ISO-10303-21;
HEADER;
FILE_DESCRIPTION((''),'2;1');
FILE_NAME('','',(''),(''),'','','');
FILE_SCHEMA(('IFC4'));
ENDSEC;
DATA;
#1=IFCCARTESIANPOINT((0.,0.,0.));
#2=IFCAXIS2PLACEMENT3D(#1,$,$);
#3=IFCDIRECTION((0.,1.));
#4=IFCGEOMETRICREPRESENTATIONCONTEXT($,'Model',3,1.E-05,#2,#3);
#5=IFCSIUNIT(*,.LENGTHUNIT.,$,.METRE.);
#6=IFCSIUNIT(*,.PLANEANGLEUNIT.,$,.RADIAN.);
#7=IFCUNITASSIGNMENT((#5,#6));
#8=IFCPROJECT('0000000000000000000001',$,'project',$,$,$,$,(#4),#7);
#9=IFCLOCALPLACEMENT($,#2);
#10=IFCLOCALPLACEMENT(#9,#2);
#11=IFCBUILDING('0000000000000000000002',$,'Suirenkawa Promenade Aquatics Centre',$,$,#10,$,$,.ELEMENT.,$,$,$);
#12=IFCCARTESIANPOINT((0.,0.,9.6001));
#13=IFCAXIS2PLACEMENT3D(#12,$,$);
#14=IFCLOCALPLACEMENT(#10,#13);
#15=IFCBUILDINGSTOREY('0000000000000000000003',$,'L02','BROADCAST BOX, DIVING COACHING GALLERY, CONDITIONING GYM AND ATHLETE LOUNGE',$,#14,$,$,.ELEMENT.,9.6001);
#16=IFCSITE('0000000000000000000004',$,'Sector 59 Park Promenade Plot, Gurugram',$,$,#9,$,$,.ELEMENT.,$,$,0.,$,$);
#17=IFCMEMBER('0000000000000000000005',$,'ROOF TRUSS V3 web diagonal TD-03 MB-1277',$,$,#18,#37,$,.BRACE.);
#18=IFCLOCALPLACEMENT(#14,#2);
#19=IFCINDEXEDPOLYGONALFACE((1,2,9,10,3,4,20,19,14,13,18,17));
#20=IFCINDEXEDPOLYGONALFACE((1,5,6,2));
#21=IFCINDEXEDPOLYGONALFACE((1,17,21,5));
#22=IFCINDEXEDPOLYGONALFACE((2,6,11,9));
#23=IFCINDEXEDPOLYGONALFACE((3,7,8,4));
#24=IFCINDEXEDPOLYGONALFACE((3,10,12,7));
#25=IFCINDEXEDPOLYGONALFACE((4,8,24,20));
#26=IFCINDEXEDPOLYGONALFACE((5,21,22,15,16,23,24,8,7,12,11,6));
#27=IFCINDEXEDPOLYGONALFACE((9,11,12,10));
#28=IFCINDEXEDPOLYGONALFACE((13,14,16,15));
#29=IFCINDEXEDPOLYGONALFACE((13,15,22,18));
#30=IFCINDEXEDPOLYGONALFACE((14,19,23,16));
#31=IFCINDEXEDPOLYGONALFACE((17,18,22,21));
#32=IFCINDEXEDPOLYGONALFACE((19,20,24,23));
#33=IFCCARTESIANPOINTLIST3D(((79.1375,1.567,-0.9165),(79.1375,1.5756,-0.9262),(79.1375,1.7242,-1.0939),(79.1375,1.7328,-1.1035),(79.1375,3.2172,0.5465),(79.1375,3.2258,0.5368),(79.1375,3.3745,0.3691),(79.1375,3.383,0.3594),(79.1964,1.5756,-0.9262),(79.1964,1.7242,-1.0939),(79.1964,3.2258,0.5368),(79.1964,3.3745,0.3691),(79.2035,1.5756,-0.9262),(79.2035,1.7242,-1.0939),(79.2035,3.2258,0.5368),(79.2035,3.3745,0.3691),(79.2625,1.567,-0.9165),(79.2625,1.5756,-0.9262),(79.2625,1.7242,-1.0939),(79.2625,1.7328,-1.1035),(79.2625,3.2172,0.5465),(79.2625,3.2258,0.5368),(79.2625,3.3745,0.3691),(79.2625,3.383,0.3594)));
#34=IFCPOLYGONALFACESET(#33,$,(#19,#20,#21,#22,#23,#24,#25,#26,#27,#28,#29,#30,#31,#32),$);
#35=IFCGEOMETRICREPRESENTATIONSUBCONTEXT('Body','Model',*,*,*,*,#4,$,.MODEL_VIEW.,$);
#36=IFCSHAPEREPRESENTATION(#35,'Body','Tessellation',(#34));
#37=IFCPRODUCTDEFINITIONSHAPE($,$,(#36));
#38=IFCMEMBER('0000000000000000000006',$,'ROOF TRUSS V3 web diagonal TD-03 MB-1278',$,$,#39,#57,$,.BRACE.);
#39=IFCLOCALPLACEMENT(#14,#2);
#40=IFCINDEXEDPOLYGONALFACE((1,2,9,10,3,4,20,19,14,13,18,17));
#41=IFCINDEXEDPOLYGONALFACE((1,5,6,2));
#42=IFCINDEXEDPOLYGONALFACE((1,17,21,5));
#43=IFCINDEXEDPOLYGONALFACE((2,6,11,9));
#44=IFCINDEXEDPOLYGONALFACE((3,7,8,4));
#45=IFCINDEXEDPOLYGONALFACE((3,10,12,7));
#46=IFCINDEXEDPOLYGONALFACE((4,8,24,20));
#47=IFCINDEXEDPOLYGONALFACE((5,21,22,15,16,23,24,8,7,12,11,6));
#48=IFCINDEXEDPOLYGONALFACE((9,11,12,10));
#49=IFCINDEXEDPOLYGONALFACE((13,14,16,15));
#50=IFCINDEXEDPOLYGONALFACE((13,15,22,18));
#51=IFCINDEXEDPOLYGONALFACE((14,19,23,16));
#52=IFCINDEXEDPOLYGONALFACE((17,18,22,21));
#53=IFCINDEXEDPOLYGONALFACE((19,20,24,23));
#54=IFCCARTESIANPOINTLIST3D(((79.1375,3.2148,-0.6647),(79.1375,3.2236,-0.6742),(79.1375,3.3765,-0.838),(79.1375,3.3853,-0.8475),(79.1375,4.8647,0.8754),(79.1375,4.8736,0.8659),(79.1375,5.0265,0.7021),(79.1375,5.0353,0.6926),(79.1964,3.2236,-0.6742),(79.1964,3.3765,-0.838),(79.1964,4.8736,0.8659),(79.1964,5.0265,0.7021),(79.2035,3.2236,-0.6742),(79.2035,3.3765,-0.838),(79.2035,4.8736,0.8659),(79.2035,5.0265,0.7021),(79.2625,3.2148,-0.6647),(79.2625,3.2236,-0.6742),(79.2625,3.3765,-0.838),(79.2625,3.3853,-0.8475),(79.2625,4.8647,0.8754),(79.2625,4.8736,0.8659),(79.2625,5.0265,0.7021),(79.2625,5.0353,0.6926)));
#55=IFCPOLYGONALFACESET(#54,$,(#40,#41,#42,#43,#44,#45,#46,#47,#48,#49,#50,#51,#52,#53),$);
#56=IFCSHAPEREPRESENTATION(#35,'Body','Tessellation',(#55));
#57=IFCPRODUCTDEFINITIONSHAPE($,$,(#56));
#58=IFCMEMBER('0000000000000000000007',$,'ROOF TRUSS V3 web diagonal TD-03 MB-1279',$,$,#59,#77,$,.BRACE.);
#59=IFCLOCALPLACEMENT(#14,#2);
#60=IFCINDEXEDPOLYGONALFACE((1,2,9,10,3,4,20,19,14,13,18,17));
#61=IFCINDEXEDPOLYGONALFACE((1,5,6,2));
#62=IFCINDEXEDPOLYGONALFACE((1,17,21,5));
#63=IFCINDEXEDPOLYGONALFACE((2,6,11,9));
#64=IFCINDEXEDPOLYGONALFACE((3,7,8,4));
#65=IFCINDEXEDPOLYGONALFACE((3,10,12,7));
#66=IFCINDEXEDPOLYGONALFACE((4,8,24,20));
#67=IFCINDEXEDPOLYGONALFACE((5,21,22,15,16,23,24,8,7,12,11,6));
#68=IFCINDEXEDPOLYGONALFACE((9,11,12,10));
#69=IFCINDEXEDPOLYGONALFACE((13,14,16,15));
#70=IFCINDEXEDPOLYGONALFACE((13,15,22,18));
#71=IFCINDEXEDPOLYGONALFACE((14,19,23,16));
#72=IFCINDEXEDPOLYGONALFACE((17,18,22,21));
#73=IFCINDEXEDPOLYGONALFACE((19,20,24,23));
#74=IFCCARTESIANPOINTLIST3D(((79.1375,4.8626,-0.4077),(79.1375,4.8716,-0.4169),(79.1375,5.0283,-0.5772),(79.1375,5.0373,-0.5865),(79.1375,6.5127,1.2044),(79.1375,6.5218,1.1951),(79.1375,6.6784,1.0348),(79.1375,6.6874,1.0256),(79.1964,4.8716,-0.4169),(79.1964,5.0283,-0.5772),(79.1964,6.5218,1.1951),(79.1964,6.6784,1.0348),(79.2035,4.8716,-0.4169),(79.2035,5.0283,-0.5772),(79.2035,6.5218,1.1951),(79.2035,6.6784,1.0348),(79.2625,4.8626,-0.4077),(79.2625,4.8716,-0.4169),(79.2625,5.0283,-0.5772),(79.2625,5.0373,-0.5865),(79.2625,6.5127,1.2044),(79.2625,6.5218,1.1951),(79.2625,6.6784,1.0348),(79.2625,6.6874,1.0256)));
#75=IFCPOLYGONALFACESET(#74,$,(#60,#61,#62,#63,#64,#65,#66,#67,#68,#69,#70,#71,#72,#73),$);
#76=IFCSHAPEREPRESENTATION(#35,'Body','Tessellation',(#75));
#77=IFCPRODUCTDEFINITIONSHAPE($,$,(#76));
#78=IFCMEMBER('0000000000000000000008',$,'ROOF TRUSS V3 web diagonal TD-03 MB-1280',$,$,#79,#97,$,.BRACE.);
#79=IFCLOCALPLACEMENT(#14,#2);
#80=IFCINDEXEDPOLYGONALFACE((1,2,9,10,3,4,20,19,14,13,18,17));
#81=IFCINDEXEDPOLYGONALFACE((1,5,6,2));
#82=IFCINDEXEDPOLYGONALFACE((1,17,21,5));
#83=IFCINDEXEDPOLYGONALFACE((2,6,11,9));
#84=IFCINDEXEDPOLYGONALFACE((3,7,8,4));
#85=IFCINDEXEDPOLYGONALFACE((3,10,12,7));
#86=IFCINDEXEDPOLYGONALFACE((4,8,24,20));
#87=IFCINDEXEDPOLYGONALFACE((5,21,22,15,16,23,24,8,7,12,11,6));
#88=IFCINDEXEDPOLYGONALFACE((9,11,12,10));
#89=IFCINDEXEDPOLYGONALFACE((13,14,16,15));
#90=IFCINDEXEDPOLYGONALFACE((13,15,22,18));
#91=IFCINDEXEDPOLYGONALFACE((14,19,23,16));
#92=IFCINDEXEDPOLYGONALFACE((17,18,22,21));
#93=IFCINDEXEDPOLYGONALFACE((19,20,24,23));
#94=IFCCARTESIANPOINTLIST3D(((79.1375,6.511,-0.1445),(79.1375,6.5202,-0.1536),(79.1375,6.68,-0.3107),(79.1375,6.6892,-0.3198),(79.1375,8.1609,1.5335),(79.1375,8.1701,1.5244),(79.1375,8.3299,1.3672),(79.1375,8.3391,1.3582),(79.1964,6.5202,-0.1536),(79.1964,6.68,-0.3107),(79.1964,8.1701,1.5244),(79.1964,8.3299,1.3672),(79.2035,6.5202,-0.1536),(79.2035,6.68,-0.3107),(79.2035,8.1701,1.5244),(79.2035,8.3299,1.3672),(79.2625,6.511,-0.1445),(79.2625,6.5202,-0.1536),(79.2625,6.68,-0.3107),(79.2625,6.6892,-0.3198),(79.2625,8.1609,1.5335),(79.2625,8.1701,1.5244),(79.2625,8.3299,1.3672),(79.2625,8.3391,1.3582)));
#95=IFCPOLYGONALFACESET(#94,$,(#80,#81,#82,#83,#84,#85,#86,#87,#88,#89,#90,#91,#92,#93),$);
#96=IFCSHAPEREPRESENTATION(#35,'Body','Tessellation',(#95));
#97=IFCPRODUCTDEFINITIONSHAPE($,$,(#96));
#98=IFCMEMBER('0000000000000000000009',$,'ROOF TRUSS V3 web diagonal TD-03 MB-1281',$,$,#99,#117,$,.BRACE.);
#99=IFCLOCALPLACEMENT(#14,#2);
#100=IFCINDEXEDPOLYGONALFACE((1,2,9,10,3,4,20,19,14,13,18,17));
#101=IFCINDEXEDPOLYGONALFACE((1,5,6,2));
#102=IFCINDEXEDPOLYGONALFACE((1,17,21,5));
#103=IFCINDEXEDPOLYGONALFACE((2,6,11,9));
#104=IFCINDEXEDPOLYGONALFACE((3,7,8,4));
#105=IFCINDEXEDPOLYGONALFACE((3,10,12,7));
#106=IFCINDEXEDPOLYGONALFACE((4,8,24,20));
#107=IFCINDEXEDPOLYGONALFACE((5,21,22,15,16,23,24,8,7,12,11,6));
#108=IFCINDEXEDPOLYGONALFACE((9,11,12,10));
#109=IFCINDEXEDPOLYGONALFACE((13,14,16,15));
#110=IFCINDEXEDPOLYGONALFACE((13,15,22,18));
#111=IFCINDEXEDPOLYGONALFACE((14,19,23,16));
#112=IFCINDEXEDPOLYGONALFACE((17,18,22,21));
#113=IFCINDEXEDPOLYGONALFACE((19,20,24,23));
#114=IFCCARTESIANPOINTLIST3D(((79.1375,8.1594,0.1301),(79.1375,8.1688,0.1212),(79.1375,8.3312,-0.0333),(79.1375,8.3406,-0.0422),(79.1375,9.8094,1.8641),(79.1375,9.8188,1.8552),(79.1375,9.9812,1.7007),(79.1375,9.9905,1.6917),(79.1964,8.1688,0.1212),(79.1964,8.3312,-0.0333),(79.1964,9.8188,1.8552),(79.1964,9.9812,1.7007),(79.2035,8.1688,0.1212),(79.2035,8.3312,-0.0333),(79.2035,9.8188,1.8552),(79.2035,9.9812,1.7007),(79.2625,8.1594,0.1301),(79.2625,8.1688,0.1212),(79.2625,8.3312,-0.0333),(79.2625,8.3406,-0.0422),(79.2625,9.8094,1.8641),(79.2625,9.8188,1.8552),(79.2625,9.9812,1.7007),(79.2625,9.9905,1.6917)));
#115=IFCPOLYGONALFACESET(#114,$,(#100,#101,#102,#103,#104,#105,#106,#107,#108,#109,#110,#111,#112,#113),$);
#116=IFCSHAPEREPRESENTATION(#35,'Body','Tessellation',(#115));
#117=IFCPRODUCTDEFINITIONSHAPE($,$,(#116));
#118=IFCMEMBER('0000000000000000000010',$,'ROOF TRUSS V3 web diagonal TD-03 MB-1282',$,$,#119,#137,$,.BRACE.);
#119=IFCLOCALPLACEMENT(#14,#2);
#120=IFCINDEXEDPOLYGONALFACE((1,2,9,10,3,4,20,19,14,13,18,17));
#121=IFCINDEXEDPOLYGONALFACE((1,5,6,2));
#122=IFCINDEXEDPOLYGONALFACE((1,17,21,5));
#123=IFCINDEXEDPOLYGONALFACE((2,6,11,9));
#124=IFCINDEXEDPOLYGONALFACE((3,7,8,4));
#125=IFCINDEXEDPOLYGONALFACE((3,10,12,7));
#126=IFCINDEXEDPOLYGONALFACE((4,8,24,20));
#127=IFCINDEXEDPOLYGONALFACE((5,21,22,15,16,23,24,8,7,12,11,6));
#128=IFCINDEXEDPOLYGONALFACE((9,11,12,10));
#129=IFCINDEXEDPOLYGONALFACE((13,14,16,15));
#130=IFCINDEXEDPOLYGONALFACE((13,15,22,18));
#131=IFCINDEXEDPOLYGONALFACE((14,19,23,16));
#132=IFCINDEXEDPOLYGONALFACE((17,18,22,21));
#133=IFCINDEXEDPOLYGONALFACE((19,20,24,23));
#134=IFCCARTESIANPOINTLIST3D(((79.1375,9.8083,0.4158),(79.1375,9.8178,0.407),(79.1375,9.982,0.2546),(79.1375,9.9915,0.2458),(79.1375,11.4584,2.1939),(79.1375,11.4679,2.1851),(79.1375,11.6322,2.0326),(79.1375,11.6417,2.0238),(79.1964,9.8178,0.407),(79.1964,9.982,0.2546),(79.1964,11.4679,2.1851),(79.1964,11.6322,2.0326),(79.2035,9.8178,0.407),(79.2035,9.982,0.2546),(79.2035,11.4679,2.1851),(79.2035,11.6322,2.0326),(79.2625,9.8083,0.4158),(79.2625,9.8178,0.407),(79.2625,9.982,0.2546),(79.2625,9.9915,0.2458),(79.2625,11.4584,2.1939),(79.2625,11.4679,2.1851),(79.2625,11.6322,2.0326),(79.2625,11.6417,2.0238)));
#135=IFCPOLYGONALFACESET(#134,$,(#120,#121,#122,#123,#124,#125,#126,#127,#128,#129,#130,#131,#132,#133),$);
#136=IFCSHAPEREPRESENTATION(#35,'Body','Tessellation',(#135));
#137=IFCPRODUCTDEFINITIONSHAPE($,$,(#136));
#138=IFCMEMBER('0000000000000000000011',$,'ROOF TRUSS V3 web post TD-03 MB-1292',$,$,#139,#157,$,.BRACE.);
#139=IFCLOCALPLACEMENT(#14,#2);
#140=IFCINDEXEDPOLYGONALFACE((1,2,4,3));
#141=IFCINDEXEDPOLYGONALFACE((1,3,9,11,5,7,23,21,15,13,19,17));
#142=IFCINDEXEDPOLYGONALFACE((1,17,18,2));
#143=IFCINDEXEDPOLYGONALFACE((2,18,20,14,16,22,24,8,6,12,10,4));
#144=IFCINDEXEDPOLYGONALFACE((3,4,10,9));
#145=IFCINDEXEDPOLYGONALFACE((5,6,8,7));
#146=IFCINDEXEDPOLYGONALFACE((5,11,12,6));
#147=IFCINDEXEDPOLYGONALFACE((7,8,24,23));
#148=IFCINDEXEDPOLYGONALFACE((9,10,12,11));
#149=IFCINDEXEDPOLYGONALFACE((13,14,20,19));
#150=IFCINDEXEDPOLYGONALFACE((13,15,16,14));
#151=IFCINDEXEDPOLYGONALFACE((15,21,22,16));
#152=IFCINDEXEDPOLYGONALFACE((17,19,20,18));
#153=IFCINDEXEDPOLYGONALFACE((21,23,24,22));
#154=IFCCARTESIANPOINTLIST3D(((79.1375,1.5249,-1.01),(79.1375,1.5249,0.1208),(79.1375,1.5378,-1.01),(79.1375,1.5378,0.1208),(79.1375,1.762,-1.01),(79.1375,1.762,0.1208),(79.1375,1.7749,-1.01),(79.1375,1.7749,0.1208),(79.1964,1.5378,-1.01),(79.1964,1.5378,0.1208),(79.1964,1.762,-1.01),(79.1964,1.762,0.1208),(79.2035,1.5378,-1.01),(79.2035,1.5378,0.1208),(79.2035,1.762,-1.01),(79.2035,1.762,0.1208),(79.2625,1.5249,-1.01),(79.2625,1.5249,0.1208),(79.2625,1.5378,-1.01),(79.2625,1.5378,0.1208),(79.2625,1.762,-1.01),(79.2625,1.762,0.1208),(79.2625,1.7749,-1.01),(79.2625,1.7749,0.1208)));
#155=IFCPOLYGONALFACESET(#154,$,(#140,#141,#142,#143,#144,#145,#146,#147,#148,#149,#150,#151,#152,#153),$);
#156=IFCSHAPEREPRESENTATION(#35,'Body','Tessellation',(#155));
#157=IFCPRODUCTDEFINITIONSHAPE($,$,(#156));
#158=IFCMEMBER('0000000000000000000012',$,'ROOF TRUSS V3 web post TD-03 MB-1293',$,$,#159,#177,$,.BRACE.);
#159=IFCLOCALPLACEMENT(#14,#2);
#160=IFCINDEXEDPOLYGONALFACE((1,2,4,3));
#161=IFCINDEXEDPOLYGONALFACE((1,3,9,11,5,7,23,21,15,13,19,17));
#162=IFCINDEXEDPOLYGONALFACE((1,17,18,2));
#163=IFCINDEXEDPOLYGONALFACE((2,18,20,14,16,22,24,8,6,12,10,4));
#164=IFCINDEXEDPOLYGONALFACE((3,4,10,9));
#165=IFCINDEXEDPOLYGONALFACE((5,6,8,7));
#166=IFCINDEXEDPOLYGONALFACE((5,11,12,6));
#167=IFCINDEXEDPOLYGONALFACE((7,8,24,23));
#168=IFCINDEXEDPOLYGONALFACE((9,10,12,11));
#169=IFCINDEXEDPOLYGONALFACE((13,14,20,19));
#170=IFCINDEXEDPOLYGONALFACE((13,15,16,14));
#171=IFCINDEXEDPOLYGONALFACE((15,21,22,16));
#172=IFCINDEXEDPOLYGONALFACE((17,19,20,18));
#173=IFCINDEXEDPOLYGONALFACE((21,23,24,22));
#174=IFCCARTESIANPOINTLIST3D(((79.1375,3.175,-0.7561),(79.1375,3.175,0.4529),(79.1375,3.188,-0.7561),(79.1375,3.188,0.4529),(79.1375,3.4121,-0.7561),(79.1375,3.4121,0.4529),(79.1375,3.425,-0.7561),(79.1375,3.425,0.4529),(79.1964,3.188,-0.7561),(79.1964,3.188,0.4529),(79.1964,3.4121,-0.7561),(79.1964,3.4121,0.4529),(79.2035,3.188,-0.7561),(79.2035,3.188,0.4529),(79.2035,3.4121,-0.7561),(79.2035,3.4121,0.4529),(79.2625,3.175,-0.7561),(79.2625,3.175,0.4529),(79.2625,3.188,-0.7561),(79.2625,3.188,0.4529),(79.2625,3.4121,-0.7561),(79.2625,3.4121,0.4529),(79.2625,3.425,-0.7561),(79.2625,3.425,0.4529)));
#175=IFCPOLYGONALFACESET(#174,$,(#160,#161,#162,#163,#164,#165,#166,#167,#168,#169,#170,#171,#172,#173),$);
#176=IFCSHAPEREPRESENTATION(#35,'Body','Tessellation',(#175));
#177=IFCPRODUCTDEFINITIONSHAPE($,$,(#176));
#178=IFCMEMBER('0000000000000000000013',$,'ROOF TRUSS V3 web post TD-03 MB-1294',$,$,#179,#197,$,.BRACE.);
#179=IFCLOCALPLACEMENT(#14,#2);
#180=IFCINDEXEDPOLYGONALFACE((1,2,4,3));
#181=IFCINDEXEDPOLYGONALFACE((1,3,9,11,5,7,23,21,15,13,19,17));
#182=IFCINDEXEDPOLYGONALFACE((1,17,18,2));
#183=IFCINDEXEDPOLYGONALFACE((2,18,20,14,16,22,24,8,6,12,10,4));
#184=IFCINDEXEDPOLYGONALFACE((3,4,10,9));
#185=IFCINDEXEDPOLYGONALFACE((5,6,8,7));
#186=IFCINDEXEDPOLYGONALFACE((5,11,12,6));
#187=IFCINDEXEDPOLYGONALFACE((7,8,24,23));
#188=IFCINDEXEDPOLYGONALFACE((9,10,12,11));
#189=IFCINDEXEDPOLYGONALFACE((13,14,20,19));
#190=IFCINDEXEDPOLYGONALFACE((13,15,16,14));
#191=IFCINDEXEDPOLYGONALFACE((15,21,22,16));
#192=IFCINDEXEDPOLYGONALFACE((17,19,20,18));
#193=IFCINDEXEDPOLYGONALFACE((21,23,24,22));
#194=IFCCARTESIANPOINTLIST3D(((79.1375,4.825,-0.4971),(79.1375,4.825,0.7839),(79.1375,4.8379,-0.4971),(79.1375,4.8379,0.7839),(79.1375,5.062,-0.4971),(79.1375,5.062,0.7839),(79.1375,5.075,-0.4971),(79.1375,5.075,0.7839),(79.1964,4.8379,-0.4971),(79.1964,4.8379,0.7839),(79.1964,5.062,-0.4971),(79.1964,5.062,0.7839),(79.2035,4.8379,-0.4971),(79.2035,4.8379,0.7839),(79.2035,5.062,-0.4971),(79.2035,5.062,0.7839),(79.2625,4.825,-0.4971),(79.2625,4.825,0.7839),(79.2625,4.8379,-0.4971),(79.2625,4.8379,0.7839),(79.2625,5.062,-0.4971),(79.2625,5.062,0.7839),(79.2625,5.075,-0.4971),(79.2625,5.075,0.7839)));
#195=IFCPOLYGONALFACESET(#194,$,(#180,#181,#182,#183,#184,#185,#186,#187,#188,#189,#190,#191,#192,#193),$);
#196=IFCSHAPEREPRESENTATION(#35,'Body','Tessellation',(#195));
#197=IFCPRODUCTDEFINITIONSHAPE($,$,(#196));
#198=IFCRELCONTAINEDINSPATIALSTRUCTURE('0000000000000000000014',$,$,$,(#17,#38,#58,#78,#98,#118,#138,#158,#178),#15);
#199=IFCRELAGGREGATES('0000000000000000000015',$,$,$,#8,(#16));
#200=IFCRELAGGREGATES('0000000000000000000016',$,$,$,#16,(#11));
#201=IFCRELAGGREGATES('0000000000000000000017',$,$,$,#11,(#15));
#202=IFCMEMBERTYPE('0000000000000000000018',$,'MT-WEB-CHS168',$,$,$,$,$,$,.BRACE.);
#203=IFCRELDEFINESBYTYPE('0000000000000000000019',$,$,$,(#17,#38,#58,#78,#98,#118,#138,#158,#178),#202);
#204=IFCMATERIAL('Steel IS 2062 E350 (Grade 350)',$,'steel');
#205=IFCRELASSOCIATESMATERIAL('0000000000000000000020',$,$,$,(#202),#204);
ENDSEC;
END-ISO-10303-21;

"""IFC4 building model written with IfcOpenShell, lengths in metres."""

from ifc_helpers import new_model, si_unit, direction, frame, origin, origin_2d, place, context, subcontext, project, spatial, i_section, extrude, material, material_profile, profile_set, type_object, element, save


model = new_model("IFC4")

# Units and contexts
model_context = context("Model", 3, precision=1e-05, world=origin(), true_north=direction((0.0, 1.0)))
body_context = subcontext(model_context, "Body", "Model", "MODEL_VIEW")
ifc_project = project(units=[si_unit("LENGTHUNIT", "METRE"), si_unit("PLANEANGLEUNIT", "RADIAN")], contexts=[model_context])

# Site, building, storey
site_placement = place(None, origin())
site = spatial("IfcSite", under=ifc_project, at=site_placement, Name="Sector 59 Park Promenade Plot, Gurugram", CompositionType="ELEMENT", RefElevation=0.0)
building_placement = place(site_placement, origin())
building = spatial("IfcBuilding", under=site, at=building_placement, Name="Suirenkawa Promenade Aquatics Centre", CompositionType="ELEMENT")
storey_placement = place(building_placement, frame((0.0, 0.0, 9.6001)))
storey = spatial("IfcBuildingStorey", under=building, at=storey_placement, Name="L02", Description="BROADCAST BOX, DIVING COACHING GALLERY, CONDITIONING GYM AND ATHLETE LOUNGE", CompositionType="ELEMENT", Elevation=9.6001)

# Shared definitions
ifc_material = material(Name="Steel IS 2062 E350 (Grade 350)", Category="steel")

# Members
ifc_material_profile_1 = material_profile(ifc_material, i_section(OverallWidth=0.125, OverallDepth=0.25, WebThickness=0.0071, FlangeThickness=0.0129, at=origin_2d()), Name="ISMB 250", Category="steel")
ifc_profile_set_1 = profile_set([ifc_material_profile_1], Name="Steel IS 2062 E350 (Grade 350)")
member_type_1 = type_object("IfcMemberType", Name="MT-WEB-CHS168", PredefinedType="BRACE", material=ifc_profile_set_1)
member_1_placement = place(storey_placement, frame((79.2, 1.6499, -1.01), z_axis=(0.0, 0.748288, 0.663374), x_axis=(-1.0, 0.0, 0.0)))
element("IfcMember", 1, at=member_1_placement, inside=storey, type_object=member_type_1, Name="ROOF TRUSS V3 web diagonal TD-03 MB-1277", PredefinedType="BRACE", context=body_context, shape_type="SweptSolid", body=[
    extrude(i_section(OverallWidth=0.125, OverallDepth=0.25, WebThickness=0.0071, FlangeThickness=0.0129, at=origin_2d()), origin(), (0.0, 0.0, 1.0), 2.2053),
])
member_2_placement = place(storey_placement, frame((79.2, 3.3, -0.7561), z_axis=(0.0, 0.731026, 0.682349), x_axis=(-1.0, 0.0, 0.0)))
element("IfcMember", 2, at=member_2_placement, inside=storey, type_object=member_type_1, Name="ROOF TRUSS V3 web diagonal TD-03 MB-1278", PredefinedType="BRACE", context=body_context, shape_type="SweptSolid", body=[
    extrude(i_section(OverallWidth=0.125, OverallDepth=0.25, WebThickness=0.0071, FlangeThickness=0.0129, at=origin_2d()), origin(), (0.0, 0.0, 1.0), 2.2571),
])
member_3_placement = place(storey_placement, frame((79.2, 4.95, -0.4971), z_axis=(0.0, 0.715313, 0.698804), x_axis=(-1.0, 0.0, 0.0)))
element("IfcMember", 3, at=member_3_placement, inside=storey, type_object=member_type_1, Name="ROOF TRUSS V3 web diagonal TD-03 MB-1279", PredefinedType="BRACE", context=body_context, shape_type="SweptSolid", body=[
    extrude(i_section(OverallWidth=0.125, OverallDepth=0.25, WebThickness=0.0071, FlangeThickness=0.0129, at=origin_2d()), origin(), (0.0, 0.0, 1.0), 2.3069),
])
member_4_placement = place(storey_placement, frame((79.2, 6.6001, -0.2322), z_axis=(0.0, 0.701116, 0.713047), x_axis=(-1.0, 0.0, 0.0)))
element("IfcMember", 4, at=member_4_placement, inside=storey, type_object=member_type_1, Name="ROOF TRUSS V3 web diagonal TD-03 MB-1280", PredefinedType="BRACE", context=body_context, shape_type="SweptSolid", body=[
    extrude(i_section(OverallWidth=0.125, OverallDepth=0.25, WebThickness=0.0071, FlangeThickness=0.0129, at=origin_2d()), origin(), (0.0, 0.0, 1.0), 2.3533),
])
member_5_placement = place(storey_placement, frame((79.2, 8.25, 0.0439), z_axis=(0.0, 0.689344, 0.724434), x_axis=(-1.0, 0.0, 0.0)))
element("IfcMember", 5, at=member_5_placement, inside=storey, type_object=member_type_1, Name="ROOF TRUSS V3 web diagonal TD-03 MB-1281", PredefinedType="BRACE", context=body_context, shape_type="SweptSolid", body=[
    extrude(i_section(OverallWidth=0.125, OverallDepth=0.25, WebThickness=0.0071, FlangeThickness=0.0129, at=origin_2d()), origin(), (0.0, 0.0, 1.0), 2.3936),
])
member_6_placement = place(storey_placement, frame((79.2, 9.8999, 0.3308), z_axis=(0.0, 0.680246, 0.732983), x_axis=(-1.0, 0.0, 0.0)))
element("IfcMember", 6, at=member_6_placement, inside=storey, type_object=member_type_1, Name="ROOF TRUSS V3 web diagonal TD-03 MB-1282", PredefinedType="BRACE", context=body_context, shape_type="SweptSolid", body=[
    extrude(i_section(OverallWidth=0.125, OverallDepth=0.25, WebThickness=0.0071, FlangeThickness=0.0129, at=origin_2d()), origin(), (0.0, 0.0, 1.0), 2.4258),
])
member_7_placement = place(storey_placement, frame((79.2, 1.6499, -1.01), z_axis=(0.0, 0.0, 1.0), x_axis=(1.0, 0.0, 0.0)))
element("IfcMember", 7, at=member_7_placement, inside=storey, type_object=member_type_1, Name="ROOF TRUSS V3 web post TD-03 MB-1292", PredefinedType="BRACE", context=body_context, shape_type="SweptSolid", body=[
    extrude(i_section(OverallWidth=0.125, OverallDepth=0.25, WebThickness=0.0071, FlangeThickness=0.0129, at=origin_2d()), origin(), (0.0, 0.0, 1.0), 1.1309),
])
member_8_placement = place(storey_placement, frame((79.2, 3.3, -0.7561), z_axis=(0.0, 0.0, 1.0), x_axis=(1.0, 0.0, 0.0)))
element("IfcMember", 8, at=member_8_placement, inside=storey, type_object=member_type_1, Name="ROOF TRUSS V3 web post TD-03 MB-1293", PredefinedType="BRACE", context=body_context, shape_type="SweptSolid", body=[
    extrude(i_section(OverallWidth=0.125, OverallDepth=0.25, WebThickness=0.0071, FlangeThickness=0.0129, at=origin_2d()), origin(), (0.0, 0.0, 1.0), 1.209),
])
member_9_placement = place(storey_placement, frame((79.2, 4.95, -0.4971), z_axis=(0.0, 0.0, 1.0), x_axis=(1.0, 0.0, 0.0)))
element("IfcMember", 9, at=member_9_placement, inside=storey, type_object=member_type_1, Name="ROOF TRUSS V3 web post TD-03 MB-1294", PredefinedType="BRACE", context=body_context, shape_type="SweptSolid", body=[
    extrude(i_section(OverallWidth=0.125, OverallDepth=0.25, WebThickness=0.0071, FlangeThickness=0.0129, at=origin_2d()), origin(), (0.0, 0.0, 1.0), 1.281),
])

save(model, "model.ifc")
